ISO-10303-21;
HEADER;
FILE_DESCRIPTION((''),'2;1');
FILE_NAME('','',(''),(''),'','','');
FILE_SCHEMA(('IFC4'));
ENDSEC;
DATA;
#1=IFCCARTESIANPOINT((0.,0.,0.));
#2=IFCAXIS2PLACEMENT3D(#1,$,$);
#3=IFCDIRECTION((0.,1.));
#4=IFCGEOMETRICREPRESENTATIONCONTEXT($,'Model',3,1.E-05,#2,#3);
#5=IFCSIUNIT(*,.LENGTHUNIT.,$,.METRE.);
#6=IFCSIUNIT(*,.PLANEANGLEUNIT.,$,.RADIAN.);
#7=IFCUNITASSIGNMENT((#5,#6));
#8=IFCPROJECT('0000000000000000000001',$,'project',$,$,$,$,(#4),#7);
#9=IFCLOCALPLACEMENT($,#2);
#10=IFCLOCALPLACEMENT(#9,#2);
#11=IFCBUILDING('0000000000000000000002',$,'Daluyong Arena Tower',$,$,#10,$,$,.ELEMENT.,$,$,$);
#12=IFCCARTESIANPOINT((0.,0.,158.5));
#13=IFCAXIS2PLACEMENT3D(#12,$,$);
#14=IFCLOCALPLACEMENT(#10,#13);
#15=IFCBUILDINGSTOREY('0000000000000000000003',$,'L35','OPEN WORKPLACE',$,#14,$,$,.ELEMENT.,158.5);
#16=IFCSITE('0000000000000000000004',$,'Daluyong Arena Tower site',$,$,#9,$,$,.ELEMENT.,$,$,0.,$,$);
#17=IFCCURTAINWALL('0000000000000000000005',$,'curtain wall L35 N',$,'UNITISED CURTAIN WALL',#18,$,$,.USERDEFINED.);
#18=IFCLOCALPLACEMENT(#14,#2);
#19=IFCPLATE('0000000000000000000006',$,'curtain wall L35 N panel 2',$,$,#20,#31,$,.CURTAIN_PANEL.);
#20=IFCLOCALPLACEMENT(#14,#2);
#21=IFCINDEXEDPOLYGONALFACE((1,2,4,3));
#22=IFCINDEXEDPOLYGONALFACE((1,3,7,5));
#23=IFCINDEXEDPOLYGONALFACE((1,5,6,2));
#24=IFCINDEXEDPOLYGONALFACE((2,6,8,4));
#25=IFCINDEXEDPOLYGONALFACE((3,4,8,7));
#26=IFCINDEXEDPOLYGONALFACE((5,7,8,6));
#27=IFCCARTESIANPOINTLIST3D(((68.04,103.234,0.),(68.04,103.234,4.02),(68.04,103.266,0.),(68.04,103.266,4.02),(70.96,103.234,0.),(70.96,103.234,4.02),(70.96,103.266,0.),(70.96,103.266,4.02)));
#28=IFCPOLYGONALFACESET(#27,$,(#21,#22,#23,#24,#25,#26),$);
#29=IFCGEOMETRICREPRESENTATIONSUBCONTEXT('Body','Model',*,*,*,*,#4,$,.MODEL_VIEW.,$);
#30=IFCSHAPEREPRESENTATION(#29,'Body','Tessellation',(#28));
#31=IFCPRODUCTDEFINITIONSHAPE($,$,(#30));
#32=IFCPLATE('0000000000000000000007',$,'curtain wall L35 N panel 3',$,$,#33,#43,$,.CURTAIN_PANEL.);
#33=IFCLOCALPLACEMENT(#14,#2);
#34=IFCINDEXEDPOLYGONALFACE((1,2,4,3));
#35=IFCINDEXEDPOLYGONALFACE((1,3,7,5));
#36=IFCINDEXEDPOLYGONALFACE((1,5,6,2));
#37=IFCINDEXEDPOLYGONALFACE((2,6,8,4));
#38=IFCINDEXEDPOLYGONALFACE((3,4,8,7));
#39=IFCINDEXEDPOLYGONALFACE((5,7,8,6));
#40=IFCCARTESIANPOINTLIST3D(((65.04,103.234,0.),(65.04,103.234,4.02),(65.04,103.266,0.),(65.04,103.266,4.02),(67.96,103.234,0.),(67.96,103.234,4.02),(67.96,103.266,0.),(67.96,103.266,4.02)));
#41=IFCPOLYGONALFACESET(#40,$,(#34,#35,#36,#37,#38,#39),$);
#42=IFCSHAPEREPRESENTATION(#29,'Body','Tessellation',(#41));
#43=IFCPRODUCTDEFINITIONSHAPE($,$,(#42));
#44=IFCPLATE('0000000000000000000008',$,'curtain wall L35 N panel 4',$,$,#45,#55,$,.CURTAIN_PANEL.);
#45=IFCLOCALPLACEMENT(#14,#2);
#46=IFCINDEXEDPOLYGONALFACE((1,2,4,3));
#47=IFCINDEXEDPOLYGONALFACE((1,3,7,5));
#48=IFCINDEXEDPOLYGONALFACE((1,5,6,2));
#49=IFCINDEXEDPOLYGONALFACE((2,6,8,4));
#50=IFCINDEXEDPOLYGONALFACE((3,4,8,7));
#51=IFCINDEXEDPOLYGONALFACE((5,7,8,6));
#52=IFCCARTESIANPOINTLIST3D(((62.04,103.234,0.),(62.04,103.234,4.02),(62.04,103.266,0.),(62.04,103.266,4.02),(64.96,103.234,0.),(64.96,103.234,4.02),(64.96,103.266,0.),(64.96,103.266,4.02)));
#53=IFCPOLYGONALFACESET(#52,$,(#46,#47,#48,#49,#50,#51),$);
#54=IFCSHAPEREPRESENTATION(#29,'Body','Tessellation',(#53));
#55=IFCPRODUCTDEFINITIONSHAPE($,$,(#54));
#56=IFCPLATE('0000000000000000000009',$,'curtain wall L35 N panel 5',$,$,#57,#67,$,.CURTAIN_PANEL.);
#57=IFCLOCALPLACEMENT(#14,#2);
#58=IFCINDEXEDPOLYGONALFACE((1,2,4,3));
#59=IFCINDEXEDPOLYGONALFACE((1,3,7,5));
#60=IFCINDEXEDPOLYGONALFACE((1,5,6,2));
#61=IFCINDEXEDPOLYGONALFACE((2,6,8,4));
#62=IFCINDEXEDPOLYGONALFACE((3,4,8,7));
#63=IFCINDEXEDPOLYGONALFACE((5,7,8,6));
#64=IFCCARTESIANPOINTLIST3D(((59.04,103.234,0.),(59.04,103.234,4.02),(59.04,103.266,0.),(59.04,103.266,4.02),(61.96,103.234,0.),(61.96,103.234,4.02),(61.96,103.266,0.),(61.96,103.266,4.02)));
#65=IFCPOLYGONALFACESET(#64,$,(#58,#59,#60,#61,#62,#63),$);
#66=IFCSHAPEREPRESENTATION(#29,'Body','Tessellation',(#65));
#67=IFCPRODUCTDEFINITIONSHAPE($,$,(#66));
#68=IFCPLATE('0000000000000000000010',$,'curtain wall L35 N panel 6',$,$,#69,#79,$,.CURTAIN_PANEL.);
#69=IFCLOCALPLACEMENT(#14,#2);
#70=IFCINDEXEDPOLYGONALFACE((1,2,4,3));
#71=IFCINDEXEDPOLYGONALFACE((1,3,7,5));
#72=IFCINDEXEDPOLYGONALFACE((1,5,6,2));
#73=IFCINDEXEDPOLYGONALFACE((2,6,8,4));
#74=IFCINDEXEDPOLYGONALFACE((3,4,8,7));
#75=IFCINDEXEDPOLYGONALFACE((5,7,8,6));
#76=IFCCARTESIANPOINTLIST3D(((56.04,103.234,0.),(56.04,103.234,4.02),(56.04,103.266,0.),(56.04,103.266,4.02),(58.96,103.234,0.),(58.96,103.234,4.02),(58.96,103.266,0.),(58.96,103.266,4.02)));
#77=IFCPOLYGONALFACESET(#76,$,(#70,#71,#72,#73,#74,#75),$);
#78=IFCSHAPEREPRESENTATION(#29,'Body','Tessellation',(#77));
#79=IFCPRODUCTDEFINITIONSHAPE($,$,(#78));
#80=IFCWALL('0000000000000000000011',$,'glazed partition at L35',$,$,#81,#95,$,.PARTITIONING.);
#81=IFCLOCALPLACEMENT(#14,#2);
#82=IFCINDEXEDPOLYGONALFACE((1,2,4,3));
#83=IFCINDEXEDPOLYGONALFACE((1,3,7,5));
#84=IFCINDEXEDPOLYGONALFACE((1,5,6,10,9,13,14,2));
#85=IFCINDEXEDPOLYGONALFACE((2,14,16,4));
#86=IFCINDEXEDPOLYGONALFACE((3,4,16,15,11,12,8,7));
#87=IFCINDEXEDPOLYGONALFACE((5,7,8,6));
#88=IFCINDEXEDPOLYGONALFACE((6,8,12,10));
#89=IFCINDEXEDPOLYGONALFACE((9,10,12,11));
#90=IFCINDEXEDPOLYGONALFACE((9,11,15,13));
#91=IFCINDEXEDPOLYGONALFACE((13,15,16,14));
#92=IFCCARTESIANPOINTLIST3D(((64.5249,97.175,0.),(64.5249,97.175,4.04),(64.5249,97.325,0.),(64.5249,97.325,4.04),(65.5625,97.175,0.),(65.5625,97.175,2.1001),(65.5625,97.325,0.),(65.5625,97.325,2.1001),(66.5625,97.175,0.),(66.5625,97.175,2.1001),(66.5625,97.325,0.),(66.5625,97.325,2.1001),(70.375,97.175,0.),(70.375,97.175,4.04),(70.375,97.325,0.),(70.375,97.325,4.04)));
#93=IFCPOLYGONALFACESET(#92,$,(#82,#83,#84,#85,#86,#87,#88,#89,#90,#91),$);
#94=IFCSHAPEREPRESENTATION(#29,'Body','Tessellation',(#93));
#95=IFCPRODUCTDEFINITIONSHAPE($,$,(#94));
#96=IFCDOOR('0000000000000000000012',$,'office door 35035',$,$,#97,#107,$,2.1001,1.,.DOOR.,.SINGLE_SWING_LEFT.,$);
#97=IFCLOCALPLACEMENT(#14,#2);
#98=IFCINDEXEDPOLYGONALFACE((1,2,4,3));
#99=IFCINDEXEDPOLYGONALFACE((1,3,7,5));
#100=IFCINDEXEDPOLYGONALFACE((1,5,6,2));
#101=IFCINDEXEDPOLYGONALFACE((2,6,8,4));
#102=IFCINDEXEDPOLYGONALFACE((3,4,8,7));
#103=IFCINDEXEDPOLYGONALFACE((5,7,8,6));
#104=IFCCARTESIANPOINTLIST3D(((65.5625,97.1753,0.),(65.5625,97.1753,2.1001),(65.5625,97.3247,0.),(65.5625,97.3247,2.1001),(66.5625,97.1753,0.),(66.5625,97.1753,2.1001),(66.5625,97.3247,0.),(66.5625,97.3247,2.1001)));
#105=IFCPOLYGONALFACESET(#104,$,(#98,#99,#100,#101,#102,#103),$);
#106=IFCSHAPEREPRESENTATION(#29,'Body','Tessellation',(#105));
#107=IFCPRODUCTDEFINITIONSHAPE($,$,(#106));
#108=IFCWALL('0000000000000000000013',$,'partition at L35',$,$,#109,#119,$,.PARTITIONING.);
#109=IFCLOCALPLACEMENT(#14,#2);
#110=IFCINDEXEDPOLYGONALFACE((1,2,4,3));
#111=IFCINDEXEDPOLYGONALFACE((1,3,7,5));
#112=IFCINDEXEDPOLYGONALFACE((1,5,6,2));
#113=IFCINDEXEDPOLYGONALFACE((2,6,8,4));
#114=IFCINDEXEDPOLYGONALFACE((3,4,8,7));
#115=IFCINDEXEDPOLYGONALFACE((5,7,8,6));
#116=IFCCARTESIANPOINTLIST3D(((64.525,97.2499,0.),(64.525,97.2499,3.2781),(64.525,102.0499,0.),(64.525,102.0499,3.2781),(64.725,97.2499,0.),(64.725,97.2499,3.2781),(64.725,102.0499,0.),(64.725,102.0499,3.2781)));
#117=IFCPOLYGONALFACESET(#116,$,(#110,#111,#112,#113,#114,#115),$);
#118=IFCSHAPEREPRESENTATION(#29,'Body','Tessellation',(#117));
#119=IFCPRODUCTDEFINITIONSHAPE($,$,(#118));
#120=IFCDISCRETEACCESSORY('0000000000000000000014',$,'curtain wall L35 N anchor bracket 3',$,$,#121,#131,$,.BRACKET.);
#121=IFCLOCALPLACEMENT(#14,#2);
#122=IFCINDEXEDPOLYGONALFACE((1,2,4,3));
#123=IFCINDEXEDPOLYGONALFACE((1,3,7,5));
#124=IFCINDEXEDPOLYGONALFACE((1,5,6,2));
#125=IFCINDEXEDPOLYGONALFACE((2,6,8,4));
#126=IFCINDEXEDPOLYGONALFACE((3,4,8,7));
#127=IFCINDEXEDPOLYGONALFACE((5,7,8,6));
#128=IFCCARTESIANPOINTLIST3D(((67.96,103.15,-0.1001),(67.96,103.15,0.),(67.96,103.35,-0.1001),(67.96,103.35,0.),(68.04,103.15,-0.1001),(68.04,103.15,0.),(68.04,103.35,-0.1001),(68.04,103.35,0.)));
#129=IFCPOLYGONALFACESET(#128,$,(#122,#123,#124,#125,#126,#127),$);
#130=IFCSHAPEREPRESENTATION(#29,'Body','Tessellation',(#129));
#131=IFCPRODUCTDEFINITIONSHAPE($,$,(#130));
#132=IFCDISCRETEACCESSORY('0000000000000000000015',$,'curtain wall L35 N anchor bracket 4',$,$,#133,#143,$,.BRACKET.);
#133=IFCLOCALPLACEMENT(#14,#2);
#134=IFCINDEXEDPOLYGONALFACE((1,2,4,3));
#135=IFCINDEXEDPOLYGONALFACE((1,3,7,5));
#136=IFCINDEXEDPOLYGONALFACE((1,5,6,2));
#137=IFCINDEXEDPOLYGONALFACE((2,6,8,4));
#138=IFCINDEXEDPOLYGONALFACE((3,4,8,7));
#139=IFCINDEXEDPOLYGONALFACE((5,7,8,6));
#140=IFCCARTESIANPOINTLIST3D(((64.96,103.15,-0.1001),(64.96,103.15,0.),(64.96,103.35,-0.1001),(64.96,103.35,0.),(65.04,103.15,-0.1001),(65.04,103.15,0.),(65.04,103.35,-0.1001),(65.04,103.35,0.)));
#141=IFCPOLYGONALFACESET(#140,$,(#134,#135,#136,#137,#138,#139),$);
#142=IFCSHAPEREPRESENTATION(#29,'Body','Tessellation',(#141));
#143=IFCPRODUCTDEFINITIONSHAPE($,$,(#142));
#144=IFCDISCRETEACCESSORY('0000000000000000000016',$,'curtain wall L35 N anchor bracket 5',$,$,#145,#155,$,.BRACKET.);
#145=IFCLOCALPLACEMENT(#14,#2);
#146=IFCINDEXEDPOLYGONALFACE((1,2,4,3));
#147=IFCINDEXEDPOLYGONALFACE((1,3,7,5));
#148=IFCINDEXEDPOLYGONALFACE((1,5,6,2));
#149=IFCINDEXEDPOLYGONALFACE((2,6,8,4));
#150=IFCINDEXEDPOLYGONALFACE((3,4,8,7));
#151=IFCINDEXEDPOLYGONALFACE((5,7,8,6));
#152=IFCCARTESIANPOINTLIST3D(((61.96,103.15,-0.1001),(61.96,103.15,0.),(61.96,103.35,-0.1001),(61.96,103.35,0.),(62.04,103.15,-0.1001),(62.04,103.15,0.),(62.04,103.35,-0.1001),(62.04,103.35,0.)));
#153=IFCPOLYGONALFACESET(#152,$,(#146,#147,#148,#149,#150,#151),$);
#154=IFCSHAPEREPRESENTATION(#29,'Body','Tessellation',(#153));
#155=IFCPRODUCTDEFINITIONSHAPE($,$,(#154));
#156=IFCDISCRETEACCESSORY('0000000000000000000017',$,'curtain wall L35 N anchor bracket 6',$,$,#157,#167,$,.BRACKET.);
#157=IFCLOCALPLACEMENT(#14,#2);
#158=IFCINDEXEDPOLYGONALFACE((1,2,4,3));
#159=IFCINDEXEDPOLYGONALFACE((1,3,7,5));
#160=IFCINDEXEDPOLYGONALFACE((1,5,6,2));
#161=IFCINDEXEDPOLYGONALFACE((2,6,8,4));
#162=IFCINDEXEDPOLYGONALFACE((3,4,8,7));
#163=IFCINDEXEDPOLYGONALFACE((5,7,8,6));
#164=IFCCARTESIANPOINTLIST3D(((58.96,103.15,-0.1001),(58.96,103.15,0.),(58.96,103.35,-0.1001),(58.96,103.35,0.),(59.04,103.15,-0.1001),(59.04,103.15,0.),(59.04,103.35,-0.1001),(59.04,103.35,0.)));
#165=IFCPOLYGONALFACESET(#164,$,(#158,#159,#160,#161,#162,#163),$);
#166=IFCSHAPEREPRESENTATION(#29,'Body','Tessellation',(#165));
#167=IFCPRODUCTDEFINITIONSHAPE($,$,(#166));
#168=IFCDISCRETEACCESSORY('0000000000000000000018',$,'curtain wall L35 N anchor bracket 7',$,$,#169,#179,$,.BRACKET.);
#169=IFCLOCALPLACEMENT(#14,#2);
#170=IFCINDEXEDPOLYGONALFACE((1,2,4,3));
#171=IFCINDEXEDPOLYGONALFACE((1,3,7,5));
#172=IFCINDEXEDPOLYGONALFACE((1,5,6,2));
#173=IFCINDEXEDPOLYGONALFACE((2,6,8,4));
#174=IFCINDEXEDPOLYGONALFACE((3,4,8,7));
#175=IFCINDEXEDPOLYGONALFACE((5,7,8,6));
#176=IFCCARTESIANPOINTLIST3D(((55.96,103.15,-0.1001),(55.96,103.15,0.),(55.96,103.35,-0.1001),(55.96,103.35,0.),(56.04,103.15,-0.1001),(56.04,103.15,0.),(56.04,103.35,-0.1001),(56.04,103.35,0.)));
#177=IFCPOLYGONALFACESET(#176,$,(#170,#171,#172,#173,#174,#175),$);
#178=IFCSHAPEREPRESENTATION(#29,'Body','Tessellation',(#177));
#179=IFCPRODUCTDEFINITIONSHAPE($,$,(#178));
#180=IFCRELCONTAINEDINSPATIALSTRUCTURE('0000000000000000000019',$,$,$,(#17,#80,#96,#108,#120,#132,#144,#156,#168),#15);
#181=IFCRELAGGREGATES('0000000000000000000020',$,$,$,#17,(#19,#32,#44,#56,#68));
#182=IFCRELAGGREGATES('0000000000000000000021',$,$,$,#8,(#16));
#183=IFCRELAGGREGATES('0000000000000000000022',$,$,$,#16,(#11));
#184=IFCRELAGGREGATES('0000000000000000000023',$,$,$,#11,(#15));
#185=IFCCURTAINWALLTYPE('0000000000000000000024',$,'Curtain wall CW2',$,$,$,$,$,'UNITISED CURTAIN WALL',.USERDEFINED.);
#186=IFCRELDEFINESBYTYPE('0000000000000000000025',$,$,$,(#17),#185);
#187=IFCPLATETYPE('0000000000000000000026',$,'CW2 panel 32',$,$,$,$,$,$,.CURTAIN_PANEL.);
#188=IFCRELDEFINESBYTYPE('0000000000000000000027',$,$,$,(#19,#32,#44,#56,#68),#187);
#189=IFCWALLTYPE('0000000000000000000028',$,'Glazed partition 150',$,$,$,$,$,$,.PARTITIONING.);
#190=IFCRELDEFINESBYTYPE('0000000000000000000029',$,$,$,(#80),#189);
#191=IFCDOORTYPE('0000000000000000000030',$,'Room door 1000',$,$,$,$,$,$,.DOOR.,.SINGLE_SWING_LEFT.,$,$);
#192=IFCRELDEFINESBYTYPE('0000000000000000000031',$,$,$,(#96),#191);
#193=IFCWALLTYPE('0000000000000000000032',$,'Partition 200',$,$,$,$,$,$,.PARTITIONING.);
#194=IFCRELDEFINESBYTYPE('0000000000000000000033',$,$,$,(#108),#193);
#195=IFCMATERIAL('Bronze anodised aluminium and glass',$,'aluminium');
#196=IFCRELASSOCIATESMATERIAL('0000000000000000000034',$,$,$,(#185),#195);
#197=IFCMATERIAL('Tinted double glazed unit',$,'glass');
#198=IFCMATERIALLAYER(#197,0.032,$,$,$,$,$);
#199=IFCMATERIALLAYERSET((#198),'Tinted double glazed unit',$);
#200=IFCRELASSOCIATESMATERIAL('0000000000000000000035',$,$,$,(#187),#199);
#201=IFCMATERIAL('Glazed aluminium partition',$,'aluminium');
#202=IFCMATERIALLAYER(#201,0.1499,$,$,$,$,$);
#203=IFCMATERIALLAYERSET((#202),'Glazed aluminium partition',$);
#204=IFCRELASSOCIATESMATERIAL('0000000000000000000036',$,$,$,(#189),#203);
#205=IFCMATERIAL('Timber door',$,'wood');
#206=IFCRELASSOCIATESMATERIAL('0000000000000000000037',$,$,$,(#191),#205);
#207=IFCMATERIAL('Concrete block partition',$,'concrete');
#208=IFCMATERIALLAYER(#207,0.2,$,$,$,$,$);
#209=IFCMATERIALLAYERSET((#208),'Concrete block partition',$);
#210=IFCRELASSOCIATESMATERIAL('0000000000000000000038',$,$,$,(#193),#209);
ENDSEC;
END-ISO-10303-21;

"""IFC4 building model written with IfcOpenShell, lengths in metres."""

from ifc_helpers import new_model, si_unit, direction, frame, frame_2d, origin, origin_2d, place, context, subcontext, project, spatial, rectangle, extrude, material, layer, layer_set, type_object, element, fill, aggregate, save


model = new_model("IFC4")

# Units and contexts
model_context = context("Model", 3, precision=1e-05, world=origin(), true_north=direction((0.0, 1.0)))
body_context = subcontext(model_context, "Body", "Model", "MODEL_VIEW")
ifc_project = project(units=[si_unit("LENGTHUNIT", "METRE"), si_unit("PLANEANGLEUNIT", "RADIAN")], contexts=[model_context])

# Site, building, storey
site_placement = place(None, origin())
site = spatial("IfcSite", under=ifc_project, at=site_placement, Name="Daluyong Arena Tower site", CompositionType="ELEMENT", RefElevation=0.0)
building_placement = place(site_placement, origin())
building = spatial("IfcBuilding", under=site, at=building_placement, Name="Daluyong Arena Tower", CompositionType="ELEMENT")
storey_placement = place(building_placement, frame((0.0, 0.0, 158.5)))
storey = spatial("IfcBuildingStorey", under=building, at=storey_placement, Name="L35", Description="OPEN WORKPLACE", CompositionType="ELEMENT", Elevation=158.5)

# Curtain wall
ifc_material_1 = material(Name="Bronze anodised aluminium and glass", Category="aluminium")
curtain_wall_type = type_object("IfcCurtainWallType", Name="Curtain wall CW2", ElementType="UNITISED CURTAIN WALL", PredefinedType="USERDEFINED", material=ifc_material_1)
curtain_wall_placement = place(storey_placement, origin())
curtain_wall = element("IfcCurtainWall", 1, at=curtain_wall_placement, inside=storey, type_object=curtain_wall_type, Name="curtain wall L35 N", ObjectType="UNITISED CURTAIN WALL", PredefinedType="USERDEFINED")

# Plates
ifc_material_2 = material(Name="Tinted double glazed unit", Category="glass")
ifc_layer_1 = layer(ifc_material_2, 0.032)
ifc_layer_set_1 = layer_set([ifc_layer_1], Name="Tinted double glazed unit")
plate_type = type_object("IfcPlateType", Name="CW2 panel 32", PredefinedType="CURTAIN_PANEL", material=ifc_layer_set_1)
plate_1_placement = place(storey_placement, frame((69.5, 103.25, 0.0), z_axis=(0.0, 0.0, 1.0), x_axis=(-1.0, 0.0, 0.0)))
plate_1 = element("IfcPlate", 2, at=plate_1_placement, type_object=plate_type, Name="curtain wall L35 N panel 2", PredefinedType="CURTAIN_PANEL", context=body_context, shape_type="SweptSolid", body=[
    extrude(rectangle(XDim=2.9199, YDim=0.032, at=origin_2d()), origin(), (0.0, 0.0, 1.0), 4.02),
])
plate_2_placement = place(storey_placement, frame((66.5, 103.25, 0.0), z_axis=(0.0, 0.0, 1.0), x_axis=(-1.0, 0.0, 0.0)))
plate_2 = element("IfcPlate", 3, at=plate_2_placement, type_object=plate_type, Name="curtain wall L35 N panel 3", PredefinedType="CURTAIN_PANEL", context=body_context, shape_type="SweptSolid", body=[
    extrude(rectangle(XDim=2.9199, YDim=0.032, at=origin_2d()), origin(), (0.0, 0.0, 1.0), 4.02),
])
plate_3_placement = place(storey_placement, frame((63.5, 103.25, 0.0), z_axis=(0.0, 0.0, 1.0), x_axis=(-1.0, 0.0, 0.0)))
plate_3 = element("IfcPlate", 4, at=plate_3_placement, type_object=plate_type, Name="curtain wall L35 N panel 4", PredefinedType="CURTAIN_PANEL", context=body_context, shape_type="SweptSolid", body=[
    extrude(rectangle(XDim=2.9199, YDim=0.032, at=origin_2d()), origin(), (0.0, 0.0, 1.0), 4.02),
])
plate_4_placement = place(storey_placement, frame((60.5, 103.25, 0.0), z_axis=(0.0, 0.0, 1.0), x_axis=(-1.0, 0.0, 0.0)))
plate_4 = element("IfcPlate", 5, at=plate_4_placement, type_object=plate_type, Name="curtain wall L35 N panel 5", PredefinedType="CURTAIN_PANEL", context=body_context, shape_type="SweptSolid", body=[
    extrude(rectangle(XDim=2.9199, YDim=0.032, at=origin_2d()), origin(), (0.0, 0.0, 1.0), 4.02),
])
plate_5_placement = place(storey_placement, frame((57.5, 103.25, 0.0), z_axis=(0.0, 0.0, 1.0), x_axis=(-1.0, 0.0, 0.0)))
plate_5 = element("IfcPlate", 6, at=plate_5_placement, type_object=plate_type, Name="curtain wall L35 N panel 6", PredefinedType="CURTAIN_PANEL", context=body_context, shape_type="SweptSolid", body=[
    extrude(rectangle(XDim=2.9199, YDim=0.032, at=origin_2d()), origin(), (0.0, 0.0, 1.0), 4.02),
])
aggregate(curtain_wall, [plate_1, plate_2, plate_3, plate_4, plate_5])

# Wall, opening, door
ifc_material_3 = material(Name="Glazed aluminium partition", Category="aluminium")
ifc_layer_2 = layer(ifc_material_3, 0.1499)
ifc_layer_set_2 = layer_set([ifc_layer_2], Name="Glazed aluminium partition")
wall_type_1 = type_object("IfcWallType", Name="Glazed partition 150", PredefinedType="PARTITIONING", material=ifc_layer_set_2)
wall_1_placement = place(storey_placement, frame((64.5249, 97.25, 0.0), z_axis=(0.0, 0.0, 1.0), x_axis=(1.0, 0.0, 0.0)))
wall_1 = element("IfcWall", 7, at=wall_1_placement, inside=storey, type_object=wall_type_1, Name="glazed partition at L35", PredefinedType="PARTITIONING", context=body_context, shape_type="SweptSolid", body=[
    extrude(rectangle(XDim=5.8501, YDim=0.1499, at=frame_2d((2.925, 0.0))), origin(), (0.0, 0.0, 1.0), 4.04),
])
opening_placement = place(wall_1_placement, frame((1.0376, 0.0, 0.0)))
opening = element("IfcOpeningElement", 8, at=opening_placement, cuts=wall_1, PredefinedType="OPENING", context=body_context, shape_type="SweptSolid", body=[
    extrude(rectangle(XDim=1.0, YDim=2.1001, at=frame_2d((0.5, 1.05))), frame((0.0, 0.085, 0.0), z_axis=(0.0, -1.0, 0.0), x_axis=(1.0, 0.0, 0.0)), (0.0, 0.0, 1.0), 0.1699),
])
ifc_material_4 = material(Name="Timber door", Category="wood")
door_type = type_object("IfcDoorType", Name="Room door 1000", OperationType="SINGLE_SWING_LEFT", PredefinedType="DOOR", material=ifc_material_4)
door_placement = place(opening_placement, origin())
door = element("IfcDoor", 9, at=door_placement, inside=storey, type_object=door_type, Name="office door 35035", OperationType="SINGLE_SWING_LEFT", OverallHeight=2.1001, OverallWidth=1.0, PredefinedType="DOOR", context=body_context, shape_type="SweptSolid", body=[
    extrude(rectangle(XDim=1.0, YDim=2.1001, at=frame_2d((0.5, 1.05))), frame((0.0, 0.0747, 0.0), z_axis=(0.0, -1.0, 0.0), x_axis=(1.0, 0.0, 0.0)), (0.0, 0.0, 1.0), 0.1494),
])
fill(opening, door)

# Wall
ifc_material_5 = material(Name="Concrete block partition", Category="concrete")
ifc_layer_3 = layer(ifc_material_5, 0.2)
ifc_layer_set_3 = layer_set([ifc_layer_3], Name="Concrete block partition")
wall_type_2 = type_object("IfcWallType", Name="Partition 200", PredefinedType="PARTITIONING", material=ifc_layer_set_3)
wall_2_placement = place(storey_placement, frame((64.625, 97.25, 0.0), z_axis=(0.0, 0.0, 1.0), x_axis=(0.0, 1.0, 0.0)))
element("IfcWall", 10, at=wall_2_placement, inside=storey, type_object=wall_type_2, Name="partition at L35", PredefinedType="PARTITIONING", context=body_context, shape_type="SweptSolid", body=[
    extrude(rectangle(XDim=4.8, YDim=0.2, at=frame_2d((2.3999, 0.0))), origin(), (0.0, 0.0, 1.0), 3.2781),
])

# Discrete accessories
for number, where, z_axis, x_axis, name in (
    (11, (68.0, 103.25, -0.1001), (0.0, 0.0, 1.0), (-1.0, 0.0, 0.0), "curtain wall L35 N anchor bracket 3"),
    (12, (65.0, 103.25, -0.1001), (0.0, 0.0, 1.0), (-1.0, 0.0, 0.0), "curtain wall L35 N anchor bracket 4"),
    (13, (62.0, 103.25, -0.1001), (0.0, 0.0, 1.0), (-1.0, 0.0, 0.0), "curtain wall L35 N anchor bracket 5"),
    (14, (59.0, 103.25, -0.1001), (0.0, 0.0, 1.0), (-1.0, 0.0, 0.0), "curtain wall L35 N anchor bracket 6"),
    (15, (56.0, 103.25, -0.1001), (0.0, 0.0, 1.0), (-1.0, 0.0, 0.0), "curtain wall L35 N anchor bracket 7"),
):
    element("IfcDiscreteAccessory", number, at=place(storey_placement, frame(where, z_axis=z_axis, x_axis=x_axis)), inside=storey, Name=name, PredefinedType="BRACKET", context=body_context, shape_type="SweptSolid", body=[
        extrude(rectangle(XDim=0.0801, YDim=0.2, at=origin_2d()), origin(), (0.0, 0.0, 1.0), 0.1001),
    ])

save(model, "model.ifc")
